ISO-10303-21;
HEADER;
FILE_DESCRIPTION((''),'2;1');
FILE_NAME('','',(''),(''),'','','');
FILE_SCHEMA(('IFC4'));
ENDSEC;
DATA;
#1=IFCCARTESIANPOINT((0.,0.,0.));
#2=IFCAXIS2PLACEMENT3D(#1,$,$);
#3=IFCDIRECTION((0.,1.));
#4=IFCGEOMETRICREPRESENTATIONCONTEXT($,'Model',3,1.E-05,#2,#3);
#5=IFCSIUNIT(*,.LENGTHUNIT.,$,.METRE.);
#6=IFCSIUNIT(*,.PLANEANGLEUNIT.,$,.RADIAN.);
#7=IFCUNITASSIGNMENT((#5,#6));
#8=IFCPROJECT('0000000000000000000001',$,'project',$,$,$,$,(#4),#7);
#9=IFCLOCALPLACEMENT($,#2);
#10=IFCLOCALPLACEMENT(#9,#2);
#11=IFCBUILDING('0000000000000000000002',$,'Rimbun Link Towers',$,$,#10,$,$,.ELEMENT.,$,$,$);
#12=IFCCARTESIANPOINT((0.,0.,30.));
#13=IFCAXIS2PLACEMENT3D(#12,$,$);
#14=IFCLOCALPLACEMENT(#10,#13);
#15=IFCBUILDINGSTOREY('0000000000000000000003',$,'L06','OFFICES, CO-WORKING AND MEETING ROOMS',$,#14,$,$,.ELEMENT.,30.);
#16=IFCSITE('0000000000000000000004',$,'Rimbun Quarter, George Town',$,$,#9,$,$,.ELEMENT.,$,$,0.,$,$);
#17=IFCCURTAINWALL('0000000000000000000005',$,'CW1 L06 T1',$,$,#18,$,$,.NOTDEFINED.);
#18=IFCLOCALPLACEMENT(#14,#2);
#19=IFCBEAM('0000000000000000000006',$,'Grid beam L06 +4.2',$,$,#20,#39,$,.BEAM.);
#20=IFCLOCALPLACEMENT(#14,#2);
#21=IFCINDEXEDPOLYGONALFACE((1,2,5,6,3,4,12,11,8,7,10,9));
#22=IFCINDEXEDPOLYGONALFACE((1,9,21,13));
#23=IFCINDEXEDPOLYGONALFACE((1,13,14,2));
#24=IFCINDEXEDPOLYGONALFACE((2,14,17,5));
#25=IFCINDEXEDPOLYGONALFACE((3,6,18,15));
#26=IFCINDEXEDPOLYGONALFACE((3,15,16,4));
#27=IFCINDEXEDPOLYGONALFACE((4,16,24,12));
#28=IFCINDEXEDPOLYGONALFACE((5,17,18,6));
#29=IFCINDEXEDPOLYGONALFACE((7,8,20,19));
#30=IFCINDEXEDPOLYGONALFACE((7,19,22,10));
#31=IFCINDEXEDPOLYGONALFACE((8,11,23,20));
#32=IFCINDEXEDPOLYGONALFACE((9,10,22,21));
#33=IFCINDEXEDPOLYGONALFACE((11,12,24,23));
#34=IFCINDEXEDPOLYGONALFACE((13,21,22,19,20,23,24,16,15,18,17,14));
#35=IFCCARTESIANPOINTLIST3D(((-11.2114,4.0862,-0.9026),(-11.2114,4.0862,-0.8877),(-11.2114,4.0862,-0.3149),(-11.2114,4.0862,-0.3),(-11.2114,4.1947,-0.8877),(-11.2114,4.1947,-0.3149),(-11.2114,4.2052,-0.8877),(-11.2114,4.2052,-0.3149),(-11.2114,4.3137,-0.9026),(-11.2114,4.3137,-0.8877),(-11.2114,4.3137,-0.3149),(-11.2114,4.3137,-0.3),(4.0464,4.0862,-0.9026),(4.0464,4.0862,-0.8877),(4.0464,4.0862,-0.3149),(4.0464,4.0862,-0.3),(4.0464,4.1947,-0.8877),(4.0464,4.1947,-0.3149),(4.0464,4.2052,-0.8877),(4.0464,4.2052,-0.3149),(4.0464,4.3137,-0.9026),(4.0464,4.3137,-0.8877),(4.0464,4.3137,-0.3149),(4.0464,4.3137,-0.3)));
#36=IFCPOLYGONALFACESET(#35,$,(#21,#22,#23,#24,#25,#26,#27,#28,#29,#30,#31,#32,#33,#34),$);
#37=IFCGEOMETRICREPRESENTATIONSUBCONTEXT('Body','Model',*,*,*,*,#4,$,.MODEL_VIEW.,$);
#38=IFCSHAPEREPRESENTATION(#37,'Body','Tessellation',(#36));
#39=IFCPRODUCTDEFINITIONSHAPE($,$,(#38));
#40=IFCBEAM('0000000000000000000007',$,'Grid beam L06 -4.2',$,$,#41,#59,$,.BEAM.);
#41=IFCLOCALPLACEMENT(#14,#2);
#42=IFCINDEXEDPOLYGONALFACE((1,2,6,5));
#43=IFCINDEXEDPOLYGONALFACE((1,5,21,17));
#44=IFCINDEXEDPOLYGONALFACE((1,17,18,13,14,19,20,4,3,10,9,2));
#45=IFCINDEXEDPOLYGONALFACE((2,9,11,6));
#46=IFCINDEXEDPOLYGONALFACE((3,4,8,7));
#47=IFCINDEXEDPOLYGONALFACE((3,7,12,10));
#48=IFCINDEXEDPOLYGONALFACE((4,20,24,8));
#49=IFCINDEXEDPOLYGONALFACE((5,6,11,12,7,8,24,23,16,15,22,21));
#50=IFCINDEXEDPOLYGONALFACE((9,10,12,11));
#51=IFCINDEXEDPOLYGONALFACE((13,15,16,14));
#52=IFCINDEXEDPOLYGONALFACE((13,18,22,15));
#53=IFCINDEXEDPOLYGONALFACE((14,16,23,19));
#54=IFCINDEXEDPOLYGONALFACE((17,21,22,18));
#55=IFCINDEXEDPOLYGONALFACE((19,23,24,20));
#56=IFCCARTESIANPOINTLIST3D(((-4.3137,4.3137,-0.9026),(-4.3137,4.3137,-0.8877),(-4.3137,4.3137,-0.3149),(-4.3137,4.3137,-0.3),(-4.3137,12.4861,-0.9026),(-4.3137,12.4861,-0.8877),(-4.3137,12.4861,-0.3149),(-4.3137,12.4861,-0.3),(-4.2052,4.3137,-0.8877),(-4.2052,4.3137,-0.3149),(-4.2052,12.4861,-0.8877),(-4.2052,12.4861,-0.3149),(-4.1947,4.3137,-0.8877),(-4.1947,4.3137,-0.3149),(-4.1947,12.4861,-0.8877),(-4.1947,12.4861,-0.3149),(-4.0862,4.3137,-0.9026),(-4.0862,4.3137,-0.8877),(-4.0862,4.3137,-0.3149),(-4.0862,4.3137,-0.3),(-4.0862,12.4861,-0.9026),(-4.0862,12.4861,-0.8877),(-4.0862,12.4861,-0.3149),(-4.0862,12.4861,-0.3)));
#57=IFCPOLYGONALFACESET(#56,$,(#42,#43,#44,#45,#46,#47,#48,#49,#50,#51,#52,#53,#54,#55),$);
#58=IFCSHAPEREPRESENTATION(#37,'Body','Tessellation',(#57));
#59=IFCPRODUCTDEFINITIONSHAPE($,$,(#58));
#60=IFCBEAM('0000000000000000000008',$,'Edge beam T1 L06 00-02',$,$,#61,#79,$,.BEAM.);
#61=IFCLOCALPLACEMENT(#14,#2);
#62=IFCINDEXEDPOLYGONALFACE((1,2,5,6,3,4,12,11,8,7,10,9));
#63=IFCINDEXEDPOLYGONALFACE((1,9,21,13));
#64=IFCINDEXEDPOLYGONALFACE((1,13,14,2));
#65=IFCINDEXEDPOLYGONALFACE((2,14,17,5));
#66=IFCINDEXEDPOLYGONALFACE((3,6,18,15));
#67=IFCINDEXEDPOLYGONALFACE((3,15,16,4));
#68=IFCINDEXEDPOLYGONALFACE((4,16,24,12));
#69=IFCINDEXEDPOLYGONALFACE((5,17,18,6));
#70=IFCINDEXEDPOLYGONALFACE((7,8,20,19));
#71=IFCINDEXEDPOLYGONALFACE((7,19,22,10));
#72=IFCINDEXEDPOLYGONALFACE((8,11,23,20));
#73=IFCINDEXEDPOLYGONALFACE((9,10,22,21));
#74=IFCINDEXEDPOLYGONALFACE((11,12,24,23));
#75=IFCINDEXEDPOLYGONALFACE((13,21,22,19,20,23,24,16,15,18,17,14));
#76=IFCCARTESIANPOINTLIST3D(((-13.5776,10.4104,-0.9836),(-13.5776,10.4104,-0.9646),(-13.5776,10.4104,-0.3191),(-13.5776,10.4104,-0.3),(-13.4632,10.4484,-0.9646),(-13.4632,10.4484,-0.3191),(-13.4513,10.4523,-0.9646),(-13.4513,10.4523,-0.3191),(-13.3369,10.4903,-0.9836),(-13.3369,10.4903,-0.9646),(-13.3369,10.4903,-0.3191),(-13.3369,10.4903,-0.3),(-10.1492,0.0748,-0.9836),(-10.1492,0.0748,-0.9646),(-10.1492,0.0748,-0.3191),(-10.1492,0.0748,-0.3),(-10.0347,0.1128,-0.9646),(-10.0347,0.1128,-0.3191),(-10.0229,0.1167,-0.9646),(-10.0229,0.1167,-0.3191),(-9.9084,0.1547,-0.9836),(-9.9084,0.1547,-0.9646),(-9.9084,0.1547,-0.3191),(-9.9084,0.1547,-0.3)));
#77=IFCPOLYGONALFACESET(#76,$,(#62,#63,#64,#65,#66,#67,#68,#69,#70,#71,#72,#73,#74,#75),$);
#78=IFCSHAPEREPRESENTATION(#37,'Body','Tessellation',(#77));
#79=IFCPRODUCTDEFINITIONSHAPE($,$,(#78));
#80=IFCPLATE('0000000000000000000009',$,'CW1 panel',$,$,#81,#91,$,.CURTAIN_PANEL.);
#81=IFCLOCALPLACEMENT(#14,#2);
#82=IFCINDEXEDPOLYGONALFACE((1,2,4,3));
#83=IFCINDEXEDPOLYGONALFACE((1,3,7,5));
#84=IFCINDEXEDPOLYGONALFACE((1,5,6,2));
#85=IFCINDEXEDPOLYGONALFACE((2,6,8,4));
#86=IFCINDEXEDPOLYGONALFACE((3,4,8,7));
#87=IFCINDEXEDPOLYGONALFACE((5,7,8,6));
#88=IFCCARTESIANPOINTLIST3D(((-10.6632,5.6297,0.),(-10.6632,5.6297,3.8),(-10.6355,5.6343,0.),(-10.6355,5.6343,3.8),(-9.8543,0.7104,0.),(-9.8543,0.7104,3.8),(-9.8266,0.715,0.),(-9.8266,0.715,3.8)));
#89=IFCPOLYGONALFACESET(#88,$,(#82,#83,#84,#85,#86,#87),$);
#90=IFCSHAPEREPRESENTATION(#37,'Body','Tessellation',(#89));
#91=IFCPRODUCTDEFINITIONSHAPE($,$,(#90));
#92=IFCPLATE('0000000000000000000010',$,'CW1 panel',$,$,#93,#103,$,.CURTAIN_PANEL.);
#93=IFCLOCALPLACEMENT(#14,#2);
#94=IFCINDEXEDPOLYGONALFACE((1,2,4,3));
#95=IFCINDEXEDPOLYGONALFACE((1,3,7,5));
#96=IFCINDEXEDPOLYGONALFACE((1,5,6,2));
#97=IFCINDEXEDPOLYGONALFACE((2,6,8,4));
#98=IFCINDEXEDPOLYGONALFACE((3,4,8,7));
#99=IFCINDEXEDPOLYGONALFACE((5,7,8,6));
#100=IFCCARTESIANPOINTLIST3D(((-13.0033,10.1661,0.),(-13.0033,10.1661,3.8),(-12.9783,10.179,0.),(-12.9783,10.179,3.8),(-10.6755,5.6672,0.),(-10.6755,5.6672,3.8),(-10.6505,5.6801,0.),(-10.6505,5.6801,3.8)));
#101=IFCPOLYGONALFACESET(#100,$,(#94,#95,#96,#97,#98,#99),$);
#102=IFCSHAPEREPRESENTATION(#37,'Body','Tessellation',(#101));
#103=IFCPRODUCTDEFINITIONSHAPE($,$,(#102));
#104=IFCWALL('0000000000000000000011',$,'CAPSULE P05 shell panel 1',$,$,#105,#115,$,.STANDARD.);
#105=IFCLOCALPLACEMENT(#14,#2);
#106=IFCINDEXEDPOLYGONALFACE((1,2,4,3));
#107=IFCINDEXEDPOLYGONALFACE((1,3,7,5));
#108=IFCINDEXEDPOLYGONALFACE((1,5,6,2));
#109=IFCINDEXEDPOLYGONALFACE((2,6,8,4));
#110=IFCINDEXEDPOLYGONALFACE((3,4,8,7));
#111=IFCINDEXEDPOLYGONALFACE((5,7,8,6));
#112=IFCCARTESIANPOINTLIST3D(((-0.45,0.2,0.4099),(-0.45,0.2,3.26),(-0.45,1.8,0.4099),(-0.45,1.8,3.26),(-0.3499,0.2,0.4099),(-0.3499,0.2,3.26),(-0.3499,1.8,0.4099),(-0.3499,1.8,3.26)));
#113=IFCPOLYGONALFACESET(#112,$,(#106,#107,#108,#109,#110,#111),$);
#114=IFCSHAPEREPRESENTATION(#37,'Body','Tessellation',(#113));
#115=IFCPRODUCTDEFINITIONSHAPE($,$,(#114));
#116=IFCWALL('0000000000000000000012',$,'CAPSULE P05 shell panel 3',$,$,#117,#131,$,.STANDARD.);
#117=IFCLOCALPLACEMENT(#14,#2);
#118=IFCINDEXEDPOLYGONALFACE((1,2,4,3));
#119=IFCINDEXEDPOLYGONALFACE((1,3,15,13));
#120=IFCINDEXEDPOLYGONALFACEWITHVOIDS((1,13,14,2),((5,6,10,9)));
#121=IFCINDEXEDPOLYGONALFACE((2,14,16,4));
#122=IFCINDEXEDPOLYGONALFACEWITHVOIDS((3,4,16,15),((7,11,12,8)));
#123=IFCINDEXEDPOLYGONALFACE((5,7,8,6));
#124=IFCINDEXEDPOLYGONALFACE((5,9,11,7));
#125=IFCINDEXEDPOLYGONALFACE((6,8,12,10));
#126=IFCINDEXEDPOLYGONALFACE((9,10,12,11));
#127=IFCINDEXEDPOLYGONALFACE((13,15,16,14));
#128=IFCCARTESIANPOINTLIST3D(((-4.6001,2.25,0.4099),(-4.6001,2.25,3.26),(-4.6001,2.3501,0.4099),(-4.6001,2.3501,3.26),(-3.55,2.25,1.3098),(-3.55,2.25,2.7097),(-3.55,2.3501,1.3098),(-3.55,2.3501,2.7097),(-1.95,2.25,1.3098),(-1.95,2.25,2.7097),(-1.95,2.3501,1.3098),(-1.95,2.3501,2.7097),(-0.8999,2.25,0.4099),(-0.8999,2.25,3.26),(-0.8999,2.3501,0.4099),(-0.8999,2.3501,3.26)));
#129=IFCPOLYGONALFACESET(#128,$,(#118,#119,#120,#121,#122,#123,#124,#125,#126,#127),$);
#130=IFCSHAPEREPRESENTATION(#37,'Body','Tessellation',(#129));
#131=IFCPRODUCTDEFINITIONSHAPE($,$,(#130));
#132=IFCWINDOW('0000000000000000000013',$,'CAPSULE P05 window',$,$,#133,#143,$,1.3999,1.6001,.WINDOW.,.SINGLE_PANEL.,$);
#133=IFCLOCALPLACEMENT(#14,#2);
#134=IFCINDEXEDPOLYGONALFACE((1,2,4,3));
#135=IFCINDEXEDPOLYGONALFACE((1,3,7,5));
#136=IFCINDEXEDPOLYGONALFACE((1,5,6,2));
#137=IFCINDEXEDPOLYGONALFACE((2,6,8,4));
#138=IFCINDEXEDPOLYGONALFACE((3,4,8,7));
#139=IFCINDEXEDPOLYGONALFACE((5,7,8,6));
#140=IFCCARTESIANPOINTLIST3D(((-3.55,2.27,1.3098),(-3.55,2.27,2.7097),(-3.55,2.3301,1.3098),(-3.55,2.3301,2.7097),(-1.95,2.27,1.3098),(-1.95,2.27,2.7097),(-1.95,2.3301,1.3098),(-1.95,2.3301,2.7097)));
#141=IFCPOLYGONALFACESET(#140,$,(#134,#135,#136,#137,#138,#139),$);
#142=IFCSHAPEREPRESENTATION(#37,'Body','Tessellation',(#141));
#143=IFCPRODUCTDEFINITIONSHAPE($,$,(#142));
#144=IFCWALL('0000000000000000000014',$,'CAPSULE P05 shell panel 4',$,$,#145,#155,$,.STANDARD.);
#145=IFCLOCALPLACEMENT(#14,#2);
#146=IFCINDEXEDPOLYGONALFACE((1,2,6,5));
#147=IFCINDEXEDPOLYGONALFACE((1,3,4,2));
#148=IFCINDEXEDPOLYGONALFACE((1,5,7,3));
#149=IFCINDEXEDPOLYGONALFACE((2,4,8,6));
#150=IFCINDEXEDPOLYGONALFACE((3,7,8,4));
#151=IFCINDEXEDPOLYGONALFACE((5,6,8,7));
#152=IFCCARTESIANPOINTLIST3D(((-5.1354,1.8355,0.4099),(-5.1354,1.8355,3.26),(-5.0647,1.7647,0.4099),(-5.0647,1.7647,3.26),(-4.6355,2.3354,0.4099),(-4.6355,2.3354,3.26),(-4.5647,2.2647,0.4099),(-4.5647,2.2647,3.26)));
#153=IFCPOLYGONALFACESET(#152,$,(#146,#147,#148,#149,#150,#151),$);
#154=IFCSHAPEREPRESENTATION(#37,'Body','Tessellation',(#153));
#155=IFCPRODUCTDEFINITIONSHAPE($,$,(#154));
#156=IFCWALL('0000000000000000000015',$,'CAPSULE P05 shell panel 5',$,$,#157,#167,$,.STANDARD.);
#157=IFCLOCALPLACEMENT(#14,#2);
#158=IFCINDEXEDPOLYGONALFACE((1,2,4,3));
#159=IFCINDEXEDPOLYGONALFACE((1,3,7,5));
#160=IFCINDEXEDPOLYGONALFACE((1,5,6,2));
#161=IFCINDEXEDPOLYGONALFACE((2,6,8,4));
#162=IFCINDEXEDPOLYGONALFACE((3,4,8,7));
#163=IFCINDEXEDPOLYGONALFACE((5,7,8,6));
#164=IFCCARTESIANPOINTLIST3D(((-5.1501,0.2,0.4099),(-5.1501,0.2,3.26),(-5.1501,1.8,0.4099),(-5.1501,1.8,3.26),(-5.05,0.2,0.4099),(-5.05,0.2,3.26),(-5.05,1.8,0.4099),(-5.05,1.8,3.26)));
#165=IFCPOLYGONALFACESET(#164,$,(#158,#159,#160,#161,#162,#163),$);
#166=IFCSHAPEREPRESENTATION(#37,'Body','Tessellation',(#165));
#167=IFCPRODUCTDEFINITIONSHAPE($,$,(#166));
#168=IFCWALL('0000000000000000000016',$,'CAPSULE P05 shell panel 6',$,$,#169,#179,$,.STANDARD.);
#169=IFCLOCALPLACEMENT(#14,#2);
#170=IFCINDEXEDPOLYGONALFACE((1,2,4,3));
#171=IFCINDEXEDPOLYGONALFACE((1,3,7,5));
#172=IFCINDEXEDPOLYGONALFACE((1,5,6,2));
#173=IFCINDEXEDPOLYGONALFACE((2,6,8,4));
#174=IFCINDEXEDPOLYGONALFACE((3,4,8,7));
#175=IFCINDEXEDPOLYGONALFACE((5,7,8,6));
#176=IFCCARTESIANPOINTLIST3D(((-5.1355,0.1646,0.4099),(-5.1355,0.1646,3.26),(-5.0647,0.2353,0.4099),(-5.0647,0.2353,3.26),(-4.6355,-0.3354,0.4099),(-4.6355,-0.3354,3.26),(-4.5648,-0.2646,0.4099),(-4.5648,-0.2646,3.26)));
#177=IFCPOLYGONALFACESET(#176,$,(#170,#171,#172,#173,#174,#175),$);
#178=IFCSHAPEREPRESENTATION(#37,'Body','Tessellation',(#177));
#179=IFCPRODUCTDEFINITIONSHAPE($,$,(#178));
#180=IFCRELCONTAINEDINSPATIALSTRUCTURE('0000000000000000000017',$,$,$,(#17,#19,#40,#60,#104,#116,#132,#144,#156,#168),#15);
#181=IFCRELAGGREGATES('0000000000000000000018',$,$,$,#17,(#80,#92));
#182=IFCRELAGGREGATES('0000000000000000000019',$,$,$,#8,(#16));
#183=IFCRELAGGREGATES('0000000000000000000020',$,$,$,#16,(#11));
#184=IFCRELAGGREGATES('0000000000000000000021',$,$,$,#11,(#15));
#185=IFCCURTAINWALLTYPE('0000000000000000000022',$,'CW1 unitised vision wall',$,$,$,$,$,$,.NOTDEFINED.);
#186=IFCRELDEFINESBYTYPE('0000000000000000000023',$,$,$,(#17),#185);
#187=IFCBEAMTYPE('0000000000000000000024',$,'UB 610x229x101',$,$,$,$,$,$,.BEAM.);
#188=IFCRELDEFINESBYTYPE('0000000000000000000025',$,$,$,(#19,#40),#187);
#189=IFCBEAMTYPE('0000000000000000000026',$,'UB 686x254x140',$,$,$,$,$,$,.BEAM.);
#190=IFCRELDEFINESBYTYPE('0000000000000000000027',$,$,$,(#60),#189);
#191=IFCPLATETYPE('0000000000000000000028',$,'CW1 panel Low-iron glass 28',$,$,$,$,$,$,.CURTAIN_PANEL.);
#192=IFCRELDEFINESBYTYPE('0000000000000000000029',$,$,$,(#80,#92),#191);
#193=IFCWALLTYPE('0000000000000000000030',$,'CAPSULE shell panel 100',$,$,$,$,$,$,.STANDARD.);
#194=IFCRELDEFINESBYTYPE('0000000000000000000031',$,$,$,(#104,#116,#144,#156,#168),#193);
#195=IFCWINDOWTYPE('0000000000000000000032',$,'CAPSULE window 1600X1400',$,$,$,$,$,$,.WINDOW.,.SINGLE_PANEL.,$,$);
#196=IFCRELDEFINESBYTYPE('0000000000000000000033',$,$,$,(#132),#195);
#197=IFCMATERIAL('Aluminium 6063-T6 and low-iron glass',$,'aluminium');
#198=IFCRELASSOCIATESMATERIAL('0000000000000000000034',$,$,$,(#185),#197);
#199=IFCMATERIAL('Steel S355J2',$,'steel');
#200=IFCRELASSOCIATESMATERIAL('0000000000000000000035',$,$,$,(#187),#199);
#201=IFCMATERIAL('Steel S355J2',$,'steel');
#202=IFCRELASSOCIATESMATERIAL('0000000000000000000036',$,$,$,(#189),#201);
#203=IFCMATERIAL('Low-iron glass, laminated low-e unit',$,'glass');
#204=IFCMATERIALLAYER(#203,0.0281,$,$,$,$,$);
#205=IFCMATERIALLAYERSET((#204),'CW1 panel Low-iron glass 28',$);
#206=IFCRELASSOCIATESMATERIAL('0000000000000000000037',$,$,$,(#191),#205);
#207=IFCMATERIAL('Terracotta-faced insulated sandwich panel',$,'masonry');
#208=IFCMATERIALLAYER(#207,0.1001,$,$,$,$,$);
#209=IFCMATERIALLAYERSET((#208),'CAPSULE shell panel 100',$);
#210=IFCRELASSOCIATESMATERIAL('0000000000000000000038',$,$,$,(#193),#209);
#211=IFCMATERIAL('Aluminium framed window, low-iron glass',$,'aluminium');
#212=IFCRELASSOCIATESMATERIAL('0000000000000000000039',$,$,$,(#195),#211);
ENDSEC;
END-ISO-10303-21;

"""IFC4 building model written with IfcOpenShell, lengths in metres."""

from ifc_helpers import new_model, si_unit, direction, frame, frame_2d, origin, origin_2d, place, context, subcontext, project, spatial, rectangle, i_section, extrude, material, layer, layer_set, material_profile, profile_set, type_object, element, fill, aggregate, save


model = new_model("IFC4")

# Units and contexts
model_context = context("Model", 3, precision=1e-05, world=origin(), true_north=direction((0.0, 1.0)))
body_context = subcontext(model_context, "Body", "Model", "MODEL_VIEW")
ifc_project = project(units=[si_unit("LENGTHUNIT", "METRE"), si_unit("PLANEANGLEUNIT", "RADIAN")], contexts=[model_context])

# Site, building, storey
site_placement = place(None, origin())
site = spatial("IfcSite", under=ifc_project, at=site_placement, Name="Rimbun Quarter, George Town", CompositionType="ELEMENT", RefElevation=0.0)
building_placement = place(site_placement, origin())
building = spatial("IfcBuilding", under=site, at=building_placement, Name="Rimbun Link Towers", CompositionType="ELEMENT")
storey_placement = place(building_placement, frame((0.0, 0.0, 30.0)))
storey = spatial("IfcBuildingStorey", under=building, at=storey_placement, Name="L06", Description="OFFICES, CO-WORKING AND MEETING ROOMS", CompositionType="ELEMENT", Elevation=30.0)

# Curtain wall
ifc_material_1 = material(Name="Aluminium 6063-T6 and low-iron glass", Category="aluminium")
curtain_wall_type = type_object("IfcCurtainWallType", Name="CW1 unitised vision wall", PredefinedType="NOTDEFINED", material=ifc_material_1)
curtain_wall_placement = place(storey_placement, origin())
curtain_wall = element("IfcCurtainWall", 1, at=curtain_wall_placement, inside=storey, type_object=curtain_wall_type, Name="CW1 L06 T1", PredefinedType="NOTDEFINED")

# Beams
ifc_material_2 = material(Name="Steel S355J2", Category="steel")
ifc_material_profile_1 = material_profile(ifc_material_2, i_section(OverallWidth=0.2275, OverallDepth=0.6025, WebThickness=0.0105, FlangeThickness=0.0149, at=origin_2d()), Name="UB 610x229x101")
ifc_profile_set_1 = profile_set([ifc_material_profile_1], Name="Steel S355J2")
beam_type_1 = type_object("IfcBeamType", Name="UB 610x229x101", PredefinedType="BEAM", material=ifc_profile_set_1)
beam_1_placement = place(storey_placement, frame((-11.2114, 4.2, -0.6013), z_axis=(1.0, 0.0, 0.0), x_axis=(0.0, 1.0, 0.0)))
element("IfcBeam", 2, at=beam_1_placement, inside=storey, type_object=beam_type_1, Name="Grid beam L06 +4.2", PredefinedType="BEAM", context=body_context, shape_type="SweptSolid", body=[
    extrude(i_section(OverallWidth=0.2275, OverallDepth=0.6025, WebThickness=0.0105, FlangeThickness=0.0149, at=origin_2d()), origin(), (0.0, 0.0, 1.0), 15.2578),
])
beam_2_placement = place(storey_placement, frame((-4.2, 4.3137, -0.6013), z_axis=(0.0, 1.0, 0.0), x_axis=(-1.0, 0.0, 0.0)))
element("IfcBeam", 3, at=beam_2_placement, inside=storey, type_object=beam_type_1, Name="Grid beam L06 -4.2", PredefinedType="BEAM", context=body_context, shape_type="SweptSolid", body=[
    extrude(i_section(OverallWidth=0.2275, OverallDepth=0.6025, WebThickness=0.0105, FlangeThickness=0.0149, at=origin_2d()), origin(), (0.0, 0.0, 1.0), 8.1724),
])
ifc_material_3 = material(Name="Steel S355J2", Category="steel")
ifc_material_profile_2 = material_profile(ifc_material_3, i_section(OverallWidth=0.2537, OverallDepth=0.6836, WebThickness=0.0125, FlangeThickness=0.019, at=origin_2d()), Name="UB 686x254x140")
ifc_profile_set_2 = profile_set([ifc_material_profile_2], Name="Steel S355J2")
beam_type_2 = type_object("IfcBeamType", Name="UB 686x254x140", PredefinedType="BEAM", material=ifc_profile_set_2)
beam_3_placement = place(storey_placement, frame((-10.0288, 0.1147, -0.6418), z_axis=(-0.314842, 0.949144, 0.0), x_axis=(-0.949144, -0.314842, 0.0)))
element("IfcBeam", 4, at=beam_3_placement, inside=storey, type_object=beam_type_2, Name="Edge beam T1 L06 00-02", PredefinedType="BEAM", context=body_context, shape_type="SweptSolid", body=[
    extrude(i_section(OverallWidth=0.2537, OverallDepth=0.6836, WebThickness=0.0125, FlangeThickness=0.019, at=origin_2d()), origin(), (0.0, 0.0, 1.0), 10.8894),
])

# Plates
ifc_material_4 = material(Name="Low-iron glass, laminated low-e unit", Category="glass")
ifc_layer_1 = layer(ifc_material_4, 0.0281)
ifc_layer_set_1 = layer_set([ifc_layer_1], Name="CW1 panel Low-iron glass 28")
plate_type = type_object("IfcPlateType", Name="CW1 panel Low-iron glass 28", PredefinedType="CURTAIN_PANEL", material=ifc_layer_set_1)
plate_1_placement = place(storey_placement, frame((-10.2449, 3.1724, 0.0), z_axis=(0.0, 0.0, 1.0), x_axis=(0.162263, -0.986748, 0.0)))
plate_1 = element("IfcPlate", 5, at=plate_1_placement, type_object=plate_type, Name="CW1 panel", PredefinedType="CURTAIN_PANEL", context=body_context, shape_type="SweptSolid", body=[
    extrude(rectangle(XDim=4.9854, YDim=0.0281, at=origin_2d()), origin(), (0.0, 0.0, 1.0), 3.8),
])
plate_2_placement = place(storey_placement, frame((-11.8269, 7.9231, 0.0), z_axis=(0.0, 0.0, 1.0), x_axis=(0.459548, -0.888153, 0.0)))
plate_2 = element("IfcPlate", 6, at=plate_2_placement, type_object=plate_type, Name="CW1 panel", PredefinedType="CURTAIN_PANEL", context=body_context, shape_type="SweptSolid", body=[
    extrude(rectangle(XDim=5.0654, YDim=0.0281, at=origin_2d()), origin(), (0.0, 0.0, 1.0), 3.8),
])
aggregate(curtain_wall, [plate_1, plate_2])

# Wall
ifc_material_5 = material(Name="Terracotta-faced insulated sandwich panel", Category="masonry")
ifc_layer_2 = layer(ifc_material_5, 0.1001)
ifc_layer_set_2 = layer_set([ifc_layer_2], Name="CAPSULE shell panel 100")
wall_type_1 = type_object("IfcWallType", Name="CAPSULE shell panel 100", PredefinedType="STANDARD", material=ifc_layer_set_2)
wall_1_placement = place(storey_placement, frame((-0.3999, 0.2, 0.4099), z_axis=(0.0, 0.0, 1.0), x_axis=(0.0, 1.0, 0.0)))
element("IfcWall", 7, at=wall_1_placement, inside=storey, type_object=wall_type_1, Name="CAPSULE P05 shell panel 1", PredefinedType="STANDARD", context=body_context, shape_type="SweptSolid", body=[
    extrude(rectangle(XDim=1.6001, YDim=0.1001, at=frame_2d((0.8, 0.0))), origin(), (0.0, 0.0, 1.0), 2.8501),
])

# Wall, opening, window
wall_2_placement = place(storey_placement, frame((-0.8999, 2.3, 0.4099), z_axis=(0.0, 0.0, 1.0), x_axis=(-1.0, 0.0, 0.0)))
wall_2 = element("IfcWall", 8, at=wall_2_placement, inside=storey, type_object=wall_type_1, Name="CAPSULE P05 shell panel 3", PredefinedType="STANDARD", context=body_context, shape_type="SweptSolid", body=[
    extrude(rectangle(XDim=3.7002, YDim=0.1001, at=frame_2d((1.8501, 0.0))), origin(), (0.0, 0.0, 1.0), 2.8501),
])
opening_1_placement = place(wall_2_placement, frame((1.05, 0.0, 0.8999)))
opening_1 = element("IfcOpeningElement", 9, at=opening_1_placement, cuts=wall_2, PredefinedType="OPENING", context=body_context, shape_type="SweptSolid", body=[
    extrude(rectangle(XDim=1.6001, YDim=1.3999, at=frame_2d((0.8, 0.7))), frame((0.0, 0.0601, 0.0), z_axis=(0.0, -1.0, 0.0), x_axis=(1.0, 0.0, 0.0)), (0.0, 0.0, 1.0), 0.1201),
])
ifc_material_6 = material(Name="Aluminium framed window, low-iron glass", Category="aluminium")
window_type = type_object("IfcWindowType", Name="CAPSULE window 1600X1400", PartitioningType="SINGLE_PANEL", PredefinedType="WINDOW", material=ifc_material_6)
window_placement = place(opening_1_placement, origin())
window = element("IfcWindow", 10, at=window_placement, inside=storey, type_object=window_type, Name="CAPSULE P05 window", OverallHeight=1.3999, OverallWidth=1.6001, PartitioningType="SINGLE_PANEL", PredefinedType="WINDOW", context=body_context, shape_type="SweptSolid", body=[
    extrude(rectangle(XDim=1.6001, YDim=1.3999, at=frame_2d((0.8, 0.7))), frame((0.0, 0.03, 0.0), z_axis=(0.0, -1.0, 0.0), x_axis=(1.0, 0.0, 0.0)), (0.0, 0.0, 1.0), 0.0601),
])
fill(opening_1, window)

# Walls
wall_3_placement = place(storey_placement, frame((-4.6001, 2.3, 0.4099), z_axis=(0.0, 0.0, 1.0), x_axis=(-0.707107, -0.707107, 0.0)))
element("IfcWall", 11, at=wall_3_placement, inside=storey, type_object=wall_type_1, Name="CAPSULE P05 shell panel 4", PredefinedType="STANDARD", context=body_context, shape_type="SweptSolid", body=[
    extrude(rectangle(XDim=0.707, YDim=0.1001, at=frame_2d((0.3535, 0.0))), origin(), (0.0, 0.0, 1.0), 2.8501),
])
wall_4_placement = place(storey_placement, frame((-5.1001, 1.8, 0.4099), z_axis=(0.0, 0.0, 1.0), x_axis=(0.0, -1.0, 0.0)))
element("IfcWall", 12, at=wall_4_placement, inside=storey, type_object=wall_type_1, Name="CAPSULE P05 shell panel 5", PredefinedType="STANDARD", context=body_context, shape_type="SweptSolid", body=[
    extrude(rectangle(XDim=1.6001, YDim=0.1001, at=frame_2d((0.8, 0.0))), origin(), (0.0, 0.0, 1.0), 2.8501),
])
wall_5_placement = place(storey_placement, frame((-5.1001, 0.2, 0.4099), z_axis=(0.0, 0.0, 1.0), x_axis=(0.707107, -0.707107, 0.0)))
element("IfcWall", 13, at=wall_5_placement, inside=storey, type_object=wall_type_1, Name="CAPSULE P05 shell panel 6", PredefinedType="STANDARD", context=body_context, shape_type="SweptSolid", body=[
    extrude(rectangle(XDim=0.707, YDim=0.1001, at=frame_2d((0.3535, 0.0))), origin(), (0.0, 0.0, 1.0), 2.8501),
])

save(model, "model.ifc")
